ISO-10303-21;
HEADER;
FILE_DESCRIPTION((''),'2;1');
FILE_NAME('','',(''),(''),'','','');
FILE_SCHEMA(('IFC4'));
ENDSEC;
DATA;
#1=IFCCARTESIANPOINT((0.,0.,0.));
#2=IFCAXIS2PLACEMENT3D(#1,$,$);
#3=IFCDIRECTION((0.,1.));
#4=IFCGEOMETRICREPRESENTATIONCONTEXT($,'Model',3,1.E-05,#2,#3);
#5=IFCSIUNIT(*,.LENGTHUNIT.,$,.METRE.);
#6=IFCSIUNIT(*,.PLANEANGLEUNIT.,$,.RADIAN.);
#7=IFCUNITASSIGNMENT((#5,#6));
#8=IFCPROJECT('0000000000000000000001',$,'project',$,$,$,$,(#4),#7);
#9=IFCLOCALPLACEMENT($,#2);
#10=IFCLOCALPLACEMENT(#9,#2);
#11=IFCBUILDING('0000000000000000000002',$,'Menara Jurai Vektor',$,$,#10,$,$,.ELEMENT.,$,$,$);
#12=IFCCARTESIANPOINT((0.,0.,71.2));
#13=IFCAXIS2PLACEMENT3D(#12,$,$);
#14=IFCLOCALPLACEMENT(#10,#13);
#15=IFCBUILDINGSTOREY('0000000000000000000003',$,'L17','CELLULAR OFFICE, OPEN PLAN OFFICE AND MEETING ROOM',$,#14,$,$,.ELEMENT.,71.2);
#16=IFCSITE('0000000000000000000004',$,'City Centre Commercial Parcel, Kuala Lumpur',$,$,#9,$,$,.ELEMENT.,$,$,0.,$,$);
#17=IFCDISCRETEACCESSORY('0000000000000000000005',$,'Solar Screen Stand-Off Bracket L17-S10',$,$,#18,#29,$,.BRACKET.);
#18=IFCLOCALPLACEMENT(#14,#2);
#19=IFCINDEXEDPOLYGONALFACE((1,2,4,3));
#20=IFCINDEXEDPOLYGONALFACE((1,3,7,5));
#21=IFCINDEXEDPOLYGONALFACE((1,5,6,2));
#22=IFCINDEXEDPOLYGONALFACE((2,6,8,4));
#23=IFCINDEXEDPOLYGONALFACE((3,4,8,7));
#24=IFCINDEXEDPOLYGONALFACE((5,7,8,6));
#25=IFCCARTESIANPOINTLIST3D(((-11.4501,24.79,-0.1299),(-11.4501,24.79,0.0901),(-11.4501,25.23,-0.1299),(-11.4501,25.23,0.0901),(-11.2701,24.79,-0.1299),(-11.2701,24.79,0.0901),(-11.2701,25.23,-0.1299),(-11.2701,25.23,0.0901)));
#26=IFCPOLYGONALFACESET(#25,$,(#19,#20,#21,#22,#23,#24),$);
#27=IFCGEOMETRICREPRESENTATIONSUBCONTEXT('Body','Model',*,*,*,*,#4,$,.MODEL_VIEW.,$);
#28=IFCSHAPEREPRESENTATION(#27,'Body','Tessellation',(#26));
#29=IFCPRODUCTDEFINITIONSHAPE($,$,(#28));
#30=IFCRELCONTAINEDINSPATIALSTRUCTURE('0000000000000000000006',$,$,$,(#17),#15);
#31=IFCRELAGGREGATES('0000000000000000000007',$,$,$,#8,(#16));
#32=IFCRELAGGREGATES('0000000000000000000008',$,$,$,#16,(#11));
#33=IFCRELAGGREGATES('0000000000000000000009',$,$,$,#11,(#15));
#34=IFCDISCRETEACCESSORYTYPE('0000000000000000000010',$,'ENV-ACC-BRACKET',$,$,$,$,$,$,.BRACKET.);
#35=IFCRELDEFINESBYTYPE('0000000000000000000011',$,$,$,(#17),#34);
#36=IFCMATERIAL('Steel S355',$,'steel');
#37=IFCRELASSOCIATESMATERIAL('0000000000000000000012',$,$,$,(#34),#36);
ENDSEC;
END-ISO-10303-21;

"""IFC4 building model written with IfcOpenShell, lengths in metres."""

from ifc_helpers import new_model, si_unit, direction, frame, origin, origin_2d, place, context, subcontext, project, spatial, rectangle, extrude, material, type_object, element, save


model = new_model("IFC4")

# Units and contexts
model_context = context("Model", 3, precision=1e-05, world=origin(), true_north=direction((0.0, 1.0)))
body_context = subcontext(model_context, "Body", "Model", "MODEL_VIEW")
ifc_project = project(units=[si_unit("LENGTHUNIT", "METRE"), si_unit("PLANEANGLEUNIT", "RADIAN")], contexts=[model_context])

# Site, building, storey
site_placement = place(None, origin())
site = spatial("IfcSite", under=ifc_project, at=site_placement, Name="City Centre Commercial Parcel, Kuala Lumpur", CompositionType="ELEMENT", RefElevation=0.0)
building_placement = place(site_placement, origin())
building = spatial("IfcBuilding", under=site, at=building_placement, Name="Menara Jurai Vektor", CompositionType="ELEMENT")
storey_placement = place(building_placement, frame((0.0, 0.0, 71.2)))
storey = spatial("IfcBuildingStorey", under=building, at=storey_placement, Name="L17", Description="CELLULAR OFFICE, OPEN PLAN OFFICE AND MEETING ROOM", CompositionType="ELEMENT", Elevation=71.2)

# Shared definitions
ifc_material_1 = material(Name="Steel S355", Category="steel")

# Discrete accessory
discrete_accessory_type = type_object("IfcDiscreteAccessoryType", Name="ENV-ACC-BRACKET", PredefinedType="BRACKET", material=ifc_material_1)
discrete_accessory_placement = place(storey_placement, frame((-11.3601, 25.01, -0.1299), z_axis=(0.0, 0.0, 1.0), x_axis=(-1.0, 0.0, 0.0)))
element("IfcDiscreteAccessory", 1, at=discrete_accessory_placement, inside=storey, type_object=discrete_accessory_type, Name="Solar Screen Stand-Off Bracket L17-S10", PredefinedType="BRACKET", context=body_context, shape_type="SweptSolid", body=[
    extrude(rectangle(XDim=0.1799, YDim=0.4399, at=origin_2d()), origin(), (0.0, 0.0, 1.0), 0.22),
])

save(model, "model.ifc")
